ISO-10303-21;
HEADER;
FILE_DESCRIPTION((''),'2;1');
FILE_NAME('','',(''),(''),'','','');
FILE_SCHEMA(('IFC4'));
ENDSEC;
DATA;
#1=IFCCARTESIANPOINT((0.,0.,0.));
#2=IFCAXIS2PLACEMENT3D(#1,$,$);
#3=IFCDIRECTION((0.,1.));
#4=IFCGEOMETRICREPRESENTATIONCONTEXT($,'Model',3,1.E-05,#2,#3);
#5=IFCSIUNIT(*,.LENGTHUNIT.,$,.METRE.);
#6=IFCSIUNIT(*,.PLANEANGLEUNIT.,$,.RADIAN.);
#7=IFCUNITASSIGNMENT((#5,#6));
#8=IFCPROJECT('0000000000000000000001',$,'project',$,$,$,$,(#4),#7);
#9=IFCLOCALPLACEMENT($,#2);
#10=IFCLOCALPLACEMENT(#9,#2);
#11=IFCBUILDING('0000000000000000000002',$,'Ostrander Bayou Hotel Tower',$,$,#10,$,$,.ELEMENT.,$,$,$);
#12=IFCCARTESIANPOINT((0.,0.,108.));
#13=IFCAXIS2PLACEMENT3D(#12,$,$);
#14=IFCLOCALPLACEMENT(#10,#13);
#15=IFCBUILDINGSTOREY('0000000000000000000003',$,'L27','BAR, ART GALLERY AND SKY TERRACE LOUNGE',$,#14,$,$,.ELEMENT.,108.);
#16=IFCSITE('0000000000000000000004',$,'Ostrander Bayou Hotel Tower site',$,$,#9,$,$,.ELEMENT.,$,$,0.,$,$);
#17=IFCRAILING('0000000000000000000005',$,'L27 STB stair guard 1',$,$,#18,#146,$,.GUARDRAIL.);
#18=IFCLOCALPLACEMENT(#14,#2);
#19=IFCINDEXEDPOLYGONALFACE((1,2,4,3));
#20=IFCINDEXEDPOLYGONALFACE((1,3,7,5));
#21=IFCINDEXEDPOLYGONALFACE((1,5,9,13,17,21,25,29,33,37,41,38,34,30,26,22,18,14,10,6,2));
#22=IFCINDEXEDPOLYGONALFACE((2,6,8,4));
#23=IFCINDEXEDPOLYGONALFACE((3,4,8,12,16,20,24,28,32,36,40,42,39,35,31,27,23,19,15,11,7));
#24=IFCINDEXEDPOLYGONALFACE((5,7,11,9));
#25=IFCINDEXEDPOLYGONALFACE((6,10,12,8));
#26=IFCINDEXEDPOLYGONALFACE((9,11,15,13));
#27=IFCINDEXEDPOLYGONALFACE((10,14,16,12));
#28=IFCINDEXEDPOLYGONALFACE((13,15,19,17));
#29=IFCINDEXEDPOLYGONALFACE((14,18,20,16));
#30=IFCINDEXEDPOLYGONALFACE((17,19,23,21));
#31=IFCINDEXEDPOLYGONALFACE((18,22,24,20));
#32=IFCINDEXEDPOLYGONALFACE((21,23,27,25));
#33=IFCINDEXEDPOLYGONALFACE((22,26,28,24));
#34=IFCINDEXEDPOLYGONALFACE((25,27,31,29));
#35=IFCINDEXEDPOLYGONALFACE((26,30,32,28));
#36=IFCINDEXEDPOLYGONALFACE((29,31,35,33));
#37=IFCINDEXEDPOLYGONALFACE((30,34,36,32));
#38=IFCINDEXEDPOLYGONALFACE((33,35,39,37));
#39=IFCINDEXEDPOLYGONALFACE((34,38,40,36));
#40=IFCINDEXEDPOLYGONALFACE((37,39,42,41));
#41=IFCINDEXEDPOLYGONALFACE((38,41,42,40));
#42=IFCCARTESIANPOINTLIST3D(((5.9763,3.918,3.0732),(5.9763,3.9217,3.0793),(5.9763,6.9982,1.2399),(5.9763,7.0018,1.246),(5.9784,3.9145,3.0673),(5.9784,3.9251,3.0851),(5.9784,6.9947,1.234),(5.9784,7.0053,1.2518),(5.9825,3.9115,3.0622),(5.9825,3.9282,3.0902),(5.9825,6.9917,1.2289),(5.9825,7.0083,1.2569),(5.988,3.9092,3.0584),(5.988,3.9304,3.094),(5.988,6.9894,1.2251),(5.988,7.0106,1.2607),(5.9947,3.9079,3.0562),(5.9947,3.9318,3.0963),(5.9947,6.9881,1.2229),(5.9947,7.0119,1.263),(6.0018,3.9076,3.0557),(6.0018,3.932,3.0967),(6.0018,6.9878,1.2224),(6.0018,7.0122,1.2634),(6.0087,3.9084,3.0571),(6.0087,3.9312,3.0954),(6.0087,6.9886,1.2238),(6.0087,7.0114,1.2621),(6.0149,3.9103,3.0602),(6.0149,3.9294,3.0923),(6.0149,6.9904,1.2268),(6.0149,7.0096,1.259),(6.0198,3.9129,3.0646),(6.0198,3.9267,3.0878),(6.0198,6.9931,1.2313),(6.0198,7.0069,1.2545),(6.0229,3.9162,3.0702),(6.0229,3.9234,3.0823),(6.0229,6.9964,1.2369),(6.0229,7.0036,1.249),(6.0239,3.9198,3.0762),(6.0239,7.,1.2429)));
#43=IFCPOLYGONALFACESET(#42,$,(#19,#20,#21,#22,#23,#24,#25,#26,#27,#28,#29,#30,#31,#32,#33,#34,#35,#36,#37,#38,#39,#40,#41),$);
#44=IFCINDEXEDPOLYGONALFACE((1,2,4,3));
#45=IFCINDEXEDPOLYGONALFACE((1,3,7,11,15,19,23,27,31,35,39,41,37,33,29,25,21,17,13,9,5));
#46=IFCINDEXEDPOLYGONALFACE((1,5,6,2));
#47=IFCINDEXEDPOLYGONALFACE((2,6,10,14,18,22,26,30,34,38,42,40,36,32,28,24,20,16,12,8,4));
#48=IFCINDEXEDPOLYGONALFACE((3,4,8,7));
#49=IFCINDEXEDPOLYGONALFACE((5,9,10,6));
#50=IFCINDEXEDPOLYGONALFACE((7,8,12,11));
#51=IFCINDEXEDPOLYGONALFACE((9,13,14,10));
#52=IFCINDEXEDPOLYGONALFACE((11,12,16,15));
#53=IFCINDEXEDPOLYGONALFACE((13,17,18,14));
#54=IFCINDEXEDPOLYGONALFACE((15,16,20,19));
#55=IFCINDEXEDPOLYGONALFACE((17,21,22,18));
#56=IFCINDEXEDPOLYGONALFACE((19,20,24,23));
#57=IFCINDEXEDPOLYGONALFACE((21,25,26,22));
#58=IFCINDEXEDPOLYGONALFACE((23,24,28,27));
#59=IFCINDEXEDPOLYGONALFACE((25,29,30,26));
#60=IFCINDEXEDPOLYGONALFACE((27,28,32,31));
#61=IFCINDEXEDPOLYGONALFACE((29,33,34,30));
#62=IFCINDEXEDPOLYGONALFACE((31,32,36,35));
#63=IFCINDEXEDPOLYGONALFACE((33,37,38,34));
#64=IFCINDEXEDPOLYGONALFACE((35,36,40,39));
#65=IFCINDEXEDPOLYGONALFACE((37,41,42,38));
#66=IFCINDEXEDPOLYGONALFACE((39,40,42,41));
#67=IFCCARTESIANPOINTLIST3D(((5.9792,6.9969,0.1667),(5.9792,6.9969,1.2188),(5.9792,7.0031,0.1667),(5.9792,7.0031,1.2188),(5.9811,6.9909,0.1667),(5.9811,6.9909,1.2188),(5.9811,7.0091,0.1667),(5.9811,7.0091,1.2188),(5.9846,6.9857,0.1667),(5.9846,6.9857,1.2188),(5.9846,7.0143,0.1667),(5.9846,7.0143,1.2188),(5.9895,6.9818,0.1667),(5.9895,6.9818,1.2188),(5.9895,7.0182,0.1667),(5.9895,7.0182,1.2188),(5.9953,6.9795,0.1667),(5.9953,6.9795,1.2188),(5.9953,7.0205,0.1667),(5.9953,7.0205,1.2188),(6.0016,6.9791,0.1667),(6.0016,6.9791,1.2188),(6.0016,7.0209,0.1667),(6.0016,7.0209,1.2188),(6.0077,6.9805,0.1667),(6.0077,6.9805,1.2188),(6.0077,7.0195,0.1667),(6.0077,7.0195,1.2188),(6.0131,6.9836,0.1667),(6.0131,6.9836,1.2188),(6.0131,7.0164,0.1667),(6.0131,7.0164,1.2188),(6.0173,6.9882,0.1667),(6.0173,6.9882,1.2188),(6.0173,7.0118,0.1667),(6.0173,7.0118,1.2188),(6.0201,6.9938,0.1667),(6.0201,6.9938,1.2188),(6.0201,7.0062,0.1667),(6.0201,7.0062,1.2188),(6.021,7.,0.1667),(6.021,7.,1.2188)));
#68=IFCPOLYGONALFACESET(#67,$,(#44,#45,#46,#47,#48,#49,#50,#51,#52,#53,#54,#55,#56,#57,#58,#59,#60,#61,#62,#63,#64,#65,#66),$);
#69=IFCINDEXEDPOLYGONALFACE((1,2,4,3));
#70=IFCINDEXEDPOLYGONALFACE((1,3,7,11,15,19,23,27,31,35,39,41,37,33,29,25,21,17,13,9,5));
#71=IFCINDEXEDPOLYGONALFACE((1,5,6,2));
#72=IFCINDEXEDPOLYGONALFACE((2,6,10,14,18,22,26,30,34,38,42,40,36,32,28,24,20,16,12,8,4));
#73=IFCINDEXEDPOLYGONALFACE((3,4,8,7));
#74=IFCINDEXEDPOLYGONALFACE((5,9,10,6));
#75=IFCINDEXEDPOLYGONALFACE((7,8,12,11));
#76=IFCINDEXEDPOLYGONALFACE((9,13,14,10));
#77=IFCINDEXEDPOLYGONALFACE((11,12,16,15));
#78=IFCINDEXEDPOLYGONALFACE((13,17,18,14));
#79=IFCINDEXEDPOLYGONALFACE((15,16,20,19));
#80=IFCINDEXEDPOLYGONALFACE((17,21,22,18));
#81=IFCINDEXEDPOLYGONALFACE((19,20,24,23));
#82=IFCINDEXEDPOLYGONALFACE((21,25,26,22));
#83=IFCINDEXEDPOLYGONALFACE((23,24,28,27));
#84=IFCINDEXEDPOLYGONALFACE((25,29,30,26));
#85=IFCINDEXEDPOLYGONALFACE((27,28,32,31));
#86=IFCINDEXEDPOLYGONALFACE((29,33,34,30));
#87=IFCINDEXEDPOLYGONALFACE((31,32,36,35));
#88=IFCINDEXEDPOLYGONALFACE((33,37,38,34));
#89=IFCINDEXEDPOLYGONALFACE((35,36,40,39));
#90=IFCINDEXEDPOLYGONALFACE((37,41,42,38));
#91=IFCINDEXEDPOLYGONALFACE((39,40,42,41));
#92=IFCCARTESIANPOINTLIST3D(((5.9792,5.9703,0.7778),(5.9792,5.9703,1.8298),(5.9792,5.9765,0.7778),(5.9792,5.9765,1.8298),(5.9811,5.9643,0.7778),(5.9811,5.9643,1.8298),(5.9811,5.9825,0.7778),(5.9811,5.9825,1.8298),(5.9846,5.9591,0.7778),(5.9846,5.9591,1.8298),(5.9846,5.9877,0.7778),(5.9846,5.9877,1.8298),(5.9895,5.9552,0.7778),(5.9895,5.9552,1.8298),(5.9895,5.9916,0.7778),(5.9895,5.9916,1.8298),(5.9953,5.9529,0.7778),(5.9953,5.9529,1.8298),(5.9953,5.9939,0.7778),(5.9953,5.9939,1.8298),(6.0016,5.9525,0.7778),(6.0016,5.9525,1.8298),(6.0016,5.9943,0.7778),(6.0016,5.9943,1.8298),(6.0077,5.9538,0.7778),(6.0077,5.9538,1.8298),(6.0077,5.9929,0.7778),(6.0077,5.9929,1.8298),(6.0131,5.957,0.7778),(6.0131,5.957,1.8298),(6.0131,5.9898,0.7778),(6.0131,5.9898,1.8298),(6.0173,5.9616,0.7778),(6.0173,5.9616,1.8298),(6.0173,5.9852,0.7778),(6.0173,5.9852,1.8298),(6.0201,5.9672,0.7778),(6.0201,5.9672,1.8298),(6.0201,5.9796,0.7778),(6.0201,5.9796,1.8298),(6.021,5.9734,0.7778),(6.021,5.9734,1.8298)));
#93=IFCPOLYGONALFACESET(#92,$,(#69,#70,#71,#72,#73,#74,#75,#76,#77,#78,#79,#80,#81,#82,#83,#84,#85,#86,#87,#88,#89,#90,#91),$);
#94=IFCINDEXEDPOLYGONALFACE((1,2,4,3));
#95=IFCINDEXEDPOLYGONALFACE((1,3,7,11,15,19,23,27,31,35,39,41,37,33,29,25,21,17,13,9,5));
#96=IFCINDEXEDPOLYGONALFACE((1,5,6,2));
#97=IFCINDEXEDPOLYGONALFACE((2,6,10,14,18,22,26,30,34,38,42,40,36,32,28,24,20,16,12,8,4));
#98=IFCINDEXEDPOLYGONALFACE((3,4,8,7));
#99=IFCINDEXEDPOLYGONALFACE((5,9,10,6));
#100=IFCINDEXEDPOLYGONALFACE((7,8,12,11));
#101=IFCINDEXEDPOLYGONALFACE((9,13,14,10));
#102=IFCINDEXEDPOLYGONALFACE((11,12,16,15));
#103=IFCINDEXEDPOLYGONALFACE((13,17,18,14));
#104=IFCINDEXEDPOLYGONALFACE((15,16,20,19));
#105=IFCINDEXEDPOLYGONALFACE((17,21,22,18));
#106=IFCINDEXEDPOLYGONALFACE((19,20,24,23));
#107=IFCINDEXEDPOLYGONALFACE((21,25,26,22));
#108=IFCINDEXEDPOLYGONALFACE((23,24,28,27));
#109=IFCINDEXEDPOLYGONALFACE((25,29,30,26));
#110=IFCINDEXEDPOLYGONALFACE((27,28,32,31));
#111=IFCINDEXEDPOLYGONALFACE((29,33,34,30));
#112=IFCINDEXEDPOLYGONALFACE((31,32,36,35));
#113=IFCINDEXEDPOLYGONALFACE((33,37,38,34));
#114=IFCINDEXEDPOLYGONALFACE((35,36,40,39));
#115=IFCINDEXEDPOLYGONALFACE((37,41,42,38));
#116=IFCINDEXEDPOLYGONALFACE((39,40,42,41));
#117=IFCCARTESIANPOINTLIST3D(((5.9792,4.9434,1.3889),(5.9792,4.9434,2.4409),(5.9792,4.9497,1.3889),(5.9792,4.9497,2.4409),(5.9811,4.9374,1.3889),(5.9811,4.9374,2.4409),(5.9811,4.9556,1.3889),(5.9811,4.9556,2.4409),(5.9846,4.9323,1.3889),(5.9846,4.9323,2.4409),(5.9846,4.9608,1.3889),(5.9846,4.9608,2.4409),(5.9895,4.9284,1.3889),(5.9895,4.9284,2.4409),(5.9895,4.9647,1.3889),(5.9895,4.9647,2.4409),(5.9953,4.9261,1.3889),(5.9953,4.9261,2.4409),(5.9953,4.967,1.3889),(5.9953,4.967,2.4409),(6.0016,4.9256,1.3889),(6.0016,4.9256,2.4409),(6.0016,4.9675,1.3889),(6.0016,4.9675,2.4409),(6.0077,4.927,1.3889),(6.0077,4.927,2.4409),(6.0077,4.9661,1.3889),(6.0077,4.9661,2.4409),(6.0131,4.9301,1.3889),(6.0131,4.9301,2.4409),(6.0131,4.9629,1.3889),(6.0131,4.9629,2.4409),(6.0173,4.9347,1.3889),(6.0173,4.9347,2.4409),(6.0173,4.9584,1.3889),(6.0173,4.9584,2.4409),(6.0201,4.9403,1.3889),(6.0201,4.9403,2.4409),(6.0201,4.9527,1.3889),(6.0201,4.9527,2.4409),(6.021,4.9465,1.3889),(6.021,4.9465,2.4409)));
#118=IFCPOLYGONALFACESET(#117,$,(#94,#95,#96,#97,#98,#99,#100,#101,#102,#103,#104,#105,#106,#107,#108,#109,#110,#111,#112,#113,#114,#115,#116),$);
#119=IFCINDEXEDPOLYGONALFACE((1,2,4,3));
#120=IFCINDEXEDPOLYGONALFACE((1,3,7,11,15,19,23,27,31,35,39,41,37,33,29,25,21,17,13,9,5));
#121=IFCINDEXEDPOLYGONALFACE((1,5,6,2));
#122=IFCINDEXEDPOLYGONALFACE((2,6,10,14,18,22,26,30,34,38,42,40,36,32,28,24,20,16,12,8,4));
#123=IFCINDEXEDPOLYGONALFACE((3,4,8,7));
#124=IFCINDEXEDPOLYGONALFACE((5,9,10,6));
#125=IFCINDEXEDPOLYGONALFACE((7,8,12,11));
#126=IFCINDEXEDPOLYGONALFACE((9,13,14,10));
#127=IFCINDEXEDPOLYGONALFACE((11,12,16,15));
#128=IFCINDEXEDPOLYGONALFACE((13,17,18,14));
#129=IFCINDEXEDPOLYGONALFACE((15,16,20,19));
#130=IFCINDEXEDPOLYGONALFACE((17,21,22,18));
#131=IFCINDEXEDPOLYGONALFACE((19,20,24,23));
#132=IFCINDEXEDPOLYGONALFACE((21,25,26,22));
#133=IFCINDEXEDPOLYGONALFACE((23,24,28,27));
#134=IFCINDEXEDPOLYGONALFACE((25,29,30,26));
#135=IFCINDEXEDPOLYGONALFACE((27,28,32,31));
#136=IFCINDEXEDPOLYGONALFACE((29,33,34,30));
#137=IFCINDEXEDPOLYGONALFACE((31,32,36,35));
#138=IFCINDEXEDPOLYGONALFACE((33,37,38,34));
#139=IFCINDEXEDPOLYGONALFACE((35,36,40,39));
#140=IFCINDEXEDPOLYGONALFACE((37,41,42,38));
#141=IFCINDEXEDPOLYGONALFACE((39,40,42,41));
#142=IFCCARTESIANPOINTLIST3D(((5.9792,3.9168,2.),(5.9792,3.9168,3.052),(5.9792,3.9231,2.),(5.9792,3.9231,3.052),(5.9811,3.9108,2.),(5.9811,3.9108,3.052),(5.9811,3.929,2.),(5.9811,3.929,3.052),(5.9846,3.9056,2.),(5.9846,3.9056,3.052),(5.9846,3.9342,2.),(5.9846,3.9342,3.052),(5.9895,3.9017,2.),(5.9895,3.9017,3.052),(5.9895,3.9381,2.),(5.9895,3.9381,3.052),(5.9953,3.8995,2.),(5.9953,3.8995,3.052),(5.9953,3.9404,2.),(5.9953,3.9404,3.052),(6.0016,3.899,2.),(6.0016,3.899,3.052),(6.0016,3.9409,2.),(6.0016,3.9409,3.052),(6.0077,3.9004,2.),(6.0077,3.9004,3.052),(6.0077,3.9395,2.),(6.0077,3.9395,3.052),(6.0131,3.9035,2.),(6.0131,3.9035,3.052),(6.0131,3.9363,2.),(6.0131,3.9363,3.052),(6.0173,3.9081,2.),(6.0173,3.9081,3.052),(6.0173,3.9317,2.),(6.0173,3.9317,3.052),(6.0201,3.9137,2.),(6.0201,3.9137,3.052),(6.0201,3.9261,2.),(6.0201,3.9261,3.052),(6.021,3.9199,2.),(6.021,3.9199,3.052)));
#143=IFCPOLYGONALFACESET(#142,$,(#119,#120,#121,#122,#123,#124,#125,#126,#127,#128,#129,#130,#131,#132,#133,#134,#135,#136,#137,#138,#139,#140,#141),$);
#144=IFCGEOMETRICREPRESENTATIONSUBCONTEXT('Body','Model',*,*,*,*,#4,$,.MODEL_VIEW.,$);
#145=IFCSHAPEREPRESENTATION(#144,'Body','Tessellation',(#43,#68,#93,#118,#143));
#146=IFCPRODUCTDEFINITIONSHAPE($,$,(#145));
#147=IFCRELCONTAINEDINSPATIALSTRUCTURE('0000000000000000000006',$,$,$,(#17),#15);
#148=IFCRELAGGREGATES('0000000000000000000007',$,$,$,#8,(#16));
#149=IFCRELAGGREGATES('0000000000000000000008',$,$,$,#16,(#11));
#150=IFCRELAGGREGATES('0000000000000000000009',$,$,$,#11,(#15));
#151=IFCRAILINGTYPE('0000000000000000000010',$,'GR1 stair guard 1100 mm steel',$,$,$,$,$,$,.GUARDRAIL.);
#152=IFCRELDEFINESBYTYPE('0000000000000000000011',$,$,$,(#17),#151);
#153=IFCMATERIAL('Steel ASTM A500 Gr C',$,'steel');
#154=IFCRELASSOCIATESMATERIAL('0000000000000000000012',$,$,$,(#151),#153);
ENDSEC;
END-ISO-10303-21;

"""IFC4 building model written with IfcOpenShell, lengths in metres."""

from ifc_helpers import new_model, si_unit, direction, frame, origin, origin_2d, place, context, subcontext, project, spatial, circle, extrude, material, type_object, element, save


model = new_model("IFC4")

# Units and contexts
model_context = context("Model", 3, precision=1e-05, world=origin(), true_north=direction((0.0, 1.0)))
body_context = subcontext(model_context, "Body", "Model", "MODEL_VIEW")
ifc_project = project(units=[si_unit("LENGTHUNIT", "METRE"), si_unit("PLANEANGLEUNIT", "RADIAN")], contexts=[model_context])

# Site, building, storey
site_placement = place(None, origin())
site = spatial("IfcSite", under=ifc_project, at=site_placement, Name="Ostrander Bayou Hotel Tower site", CompositionType="ELEMENT", RefElevation=0.0)
building_placement = place(site_placement, origin())
building = spatial("IfcBuilding", under=site, at=building_placement, Name="Ostrander Bayou Hotel Tower", CompositionType="ELEMENT")
storey_placement = place(building_placement, frame((0.0, 0.0, 108.0)))
storey = spatial("IfcBuildingStorey", under=building, at=storey_placement, Name="L27", Description="BAR, ART GALLERY AND SKY TERRACE LOUNGE", CompositionType="ELEMENT", Elevation=108.0)

# Railing
ifc_material_1 = material(Name="Steel ASTM A500 Gr C", Category="steel")
railing_type_1 = type_object("IfcRailingType", Name="GR1 stair guard 1100 mm steel", PredefinedType="GUARDRAIL", material=ifc_material_1)
railing_1_placement = place(storey_placement, frame((6.0, 7.0, 0.1667)))
element("IfcRailing", 1, at=railing_1_placement, inside=storey, type_object=railing_type_1, Name="L27 STB stair guard 1", PredefinedType="GUARDRAIL", context=body_context, shape_type="SweptSolid", body=[
    extrude(circle(Radius=0.0239, at=origin_2d()), frame((0.0, 0.0, 1.0762), z_axis=(0.0, -0.859309, 0.511458), x_axis=(1.0, 0.0, 0.0)), (0.0, 0.0, 1.0), 3.5845),
    extrude(circle(Radius=0.021, at=origin_2d()), origin(), (0.0, 0.0, 1.0), 1.052),
    extrude(circle(Radius=0.021, at=origin_2d()), frame((0.0, -1.0266, 0.6111)), (0.0, 0.0, 1.0), 1.052),
    extrude(circle(Radius=0.021, at=origin_2d()), frame((0.0, -2.0535, 1.2222)), (0.0, 0.0, 1.0), 1.052),
    extrude(circle(Radius=0.021, at=origin_2d()), frame((0.0, -3.0801, 1.8333)), (0.0, 0.0, 1.0), 1.052),
])

save(model, "model.ifc")
